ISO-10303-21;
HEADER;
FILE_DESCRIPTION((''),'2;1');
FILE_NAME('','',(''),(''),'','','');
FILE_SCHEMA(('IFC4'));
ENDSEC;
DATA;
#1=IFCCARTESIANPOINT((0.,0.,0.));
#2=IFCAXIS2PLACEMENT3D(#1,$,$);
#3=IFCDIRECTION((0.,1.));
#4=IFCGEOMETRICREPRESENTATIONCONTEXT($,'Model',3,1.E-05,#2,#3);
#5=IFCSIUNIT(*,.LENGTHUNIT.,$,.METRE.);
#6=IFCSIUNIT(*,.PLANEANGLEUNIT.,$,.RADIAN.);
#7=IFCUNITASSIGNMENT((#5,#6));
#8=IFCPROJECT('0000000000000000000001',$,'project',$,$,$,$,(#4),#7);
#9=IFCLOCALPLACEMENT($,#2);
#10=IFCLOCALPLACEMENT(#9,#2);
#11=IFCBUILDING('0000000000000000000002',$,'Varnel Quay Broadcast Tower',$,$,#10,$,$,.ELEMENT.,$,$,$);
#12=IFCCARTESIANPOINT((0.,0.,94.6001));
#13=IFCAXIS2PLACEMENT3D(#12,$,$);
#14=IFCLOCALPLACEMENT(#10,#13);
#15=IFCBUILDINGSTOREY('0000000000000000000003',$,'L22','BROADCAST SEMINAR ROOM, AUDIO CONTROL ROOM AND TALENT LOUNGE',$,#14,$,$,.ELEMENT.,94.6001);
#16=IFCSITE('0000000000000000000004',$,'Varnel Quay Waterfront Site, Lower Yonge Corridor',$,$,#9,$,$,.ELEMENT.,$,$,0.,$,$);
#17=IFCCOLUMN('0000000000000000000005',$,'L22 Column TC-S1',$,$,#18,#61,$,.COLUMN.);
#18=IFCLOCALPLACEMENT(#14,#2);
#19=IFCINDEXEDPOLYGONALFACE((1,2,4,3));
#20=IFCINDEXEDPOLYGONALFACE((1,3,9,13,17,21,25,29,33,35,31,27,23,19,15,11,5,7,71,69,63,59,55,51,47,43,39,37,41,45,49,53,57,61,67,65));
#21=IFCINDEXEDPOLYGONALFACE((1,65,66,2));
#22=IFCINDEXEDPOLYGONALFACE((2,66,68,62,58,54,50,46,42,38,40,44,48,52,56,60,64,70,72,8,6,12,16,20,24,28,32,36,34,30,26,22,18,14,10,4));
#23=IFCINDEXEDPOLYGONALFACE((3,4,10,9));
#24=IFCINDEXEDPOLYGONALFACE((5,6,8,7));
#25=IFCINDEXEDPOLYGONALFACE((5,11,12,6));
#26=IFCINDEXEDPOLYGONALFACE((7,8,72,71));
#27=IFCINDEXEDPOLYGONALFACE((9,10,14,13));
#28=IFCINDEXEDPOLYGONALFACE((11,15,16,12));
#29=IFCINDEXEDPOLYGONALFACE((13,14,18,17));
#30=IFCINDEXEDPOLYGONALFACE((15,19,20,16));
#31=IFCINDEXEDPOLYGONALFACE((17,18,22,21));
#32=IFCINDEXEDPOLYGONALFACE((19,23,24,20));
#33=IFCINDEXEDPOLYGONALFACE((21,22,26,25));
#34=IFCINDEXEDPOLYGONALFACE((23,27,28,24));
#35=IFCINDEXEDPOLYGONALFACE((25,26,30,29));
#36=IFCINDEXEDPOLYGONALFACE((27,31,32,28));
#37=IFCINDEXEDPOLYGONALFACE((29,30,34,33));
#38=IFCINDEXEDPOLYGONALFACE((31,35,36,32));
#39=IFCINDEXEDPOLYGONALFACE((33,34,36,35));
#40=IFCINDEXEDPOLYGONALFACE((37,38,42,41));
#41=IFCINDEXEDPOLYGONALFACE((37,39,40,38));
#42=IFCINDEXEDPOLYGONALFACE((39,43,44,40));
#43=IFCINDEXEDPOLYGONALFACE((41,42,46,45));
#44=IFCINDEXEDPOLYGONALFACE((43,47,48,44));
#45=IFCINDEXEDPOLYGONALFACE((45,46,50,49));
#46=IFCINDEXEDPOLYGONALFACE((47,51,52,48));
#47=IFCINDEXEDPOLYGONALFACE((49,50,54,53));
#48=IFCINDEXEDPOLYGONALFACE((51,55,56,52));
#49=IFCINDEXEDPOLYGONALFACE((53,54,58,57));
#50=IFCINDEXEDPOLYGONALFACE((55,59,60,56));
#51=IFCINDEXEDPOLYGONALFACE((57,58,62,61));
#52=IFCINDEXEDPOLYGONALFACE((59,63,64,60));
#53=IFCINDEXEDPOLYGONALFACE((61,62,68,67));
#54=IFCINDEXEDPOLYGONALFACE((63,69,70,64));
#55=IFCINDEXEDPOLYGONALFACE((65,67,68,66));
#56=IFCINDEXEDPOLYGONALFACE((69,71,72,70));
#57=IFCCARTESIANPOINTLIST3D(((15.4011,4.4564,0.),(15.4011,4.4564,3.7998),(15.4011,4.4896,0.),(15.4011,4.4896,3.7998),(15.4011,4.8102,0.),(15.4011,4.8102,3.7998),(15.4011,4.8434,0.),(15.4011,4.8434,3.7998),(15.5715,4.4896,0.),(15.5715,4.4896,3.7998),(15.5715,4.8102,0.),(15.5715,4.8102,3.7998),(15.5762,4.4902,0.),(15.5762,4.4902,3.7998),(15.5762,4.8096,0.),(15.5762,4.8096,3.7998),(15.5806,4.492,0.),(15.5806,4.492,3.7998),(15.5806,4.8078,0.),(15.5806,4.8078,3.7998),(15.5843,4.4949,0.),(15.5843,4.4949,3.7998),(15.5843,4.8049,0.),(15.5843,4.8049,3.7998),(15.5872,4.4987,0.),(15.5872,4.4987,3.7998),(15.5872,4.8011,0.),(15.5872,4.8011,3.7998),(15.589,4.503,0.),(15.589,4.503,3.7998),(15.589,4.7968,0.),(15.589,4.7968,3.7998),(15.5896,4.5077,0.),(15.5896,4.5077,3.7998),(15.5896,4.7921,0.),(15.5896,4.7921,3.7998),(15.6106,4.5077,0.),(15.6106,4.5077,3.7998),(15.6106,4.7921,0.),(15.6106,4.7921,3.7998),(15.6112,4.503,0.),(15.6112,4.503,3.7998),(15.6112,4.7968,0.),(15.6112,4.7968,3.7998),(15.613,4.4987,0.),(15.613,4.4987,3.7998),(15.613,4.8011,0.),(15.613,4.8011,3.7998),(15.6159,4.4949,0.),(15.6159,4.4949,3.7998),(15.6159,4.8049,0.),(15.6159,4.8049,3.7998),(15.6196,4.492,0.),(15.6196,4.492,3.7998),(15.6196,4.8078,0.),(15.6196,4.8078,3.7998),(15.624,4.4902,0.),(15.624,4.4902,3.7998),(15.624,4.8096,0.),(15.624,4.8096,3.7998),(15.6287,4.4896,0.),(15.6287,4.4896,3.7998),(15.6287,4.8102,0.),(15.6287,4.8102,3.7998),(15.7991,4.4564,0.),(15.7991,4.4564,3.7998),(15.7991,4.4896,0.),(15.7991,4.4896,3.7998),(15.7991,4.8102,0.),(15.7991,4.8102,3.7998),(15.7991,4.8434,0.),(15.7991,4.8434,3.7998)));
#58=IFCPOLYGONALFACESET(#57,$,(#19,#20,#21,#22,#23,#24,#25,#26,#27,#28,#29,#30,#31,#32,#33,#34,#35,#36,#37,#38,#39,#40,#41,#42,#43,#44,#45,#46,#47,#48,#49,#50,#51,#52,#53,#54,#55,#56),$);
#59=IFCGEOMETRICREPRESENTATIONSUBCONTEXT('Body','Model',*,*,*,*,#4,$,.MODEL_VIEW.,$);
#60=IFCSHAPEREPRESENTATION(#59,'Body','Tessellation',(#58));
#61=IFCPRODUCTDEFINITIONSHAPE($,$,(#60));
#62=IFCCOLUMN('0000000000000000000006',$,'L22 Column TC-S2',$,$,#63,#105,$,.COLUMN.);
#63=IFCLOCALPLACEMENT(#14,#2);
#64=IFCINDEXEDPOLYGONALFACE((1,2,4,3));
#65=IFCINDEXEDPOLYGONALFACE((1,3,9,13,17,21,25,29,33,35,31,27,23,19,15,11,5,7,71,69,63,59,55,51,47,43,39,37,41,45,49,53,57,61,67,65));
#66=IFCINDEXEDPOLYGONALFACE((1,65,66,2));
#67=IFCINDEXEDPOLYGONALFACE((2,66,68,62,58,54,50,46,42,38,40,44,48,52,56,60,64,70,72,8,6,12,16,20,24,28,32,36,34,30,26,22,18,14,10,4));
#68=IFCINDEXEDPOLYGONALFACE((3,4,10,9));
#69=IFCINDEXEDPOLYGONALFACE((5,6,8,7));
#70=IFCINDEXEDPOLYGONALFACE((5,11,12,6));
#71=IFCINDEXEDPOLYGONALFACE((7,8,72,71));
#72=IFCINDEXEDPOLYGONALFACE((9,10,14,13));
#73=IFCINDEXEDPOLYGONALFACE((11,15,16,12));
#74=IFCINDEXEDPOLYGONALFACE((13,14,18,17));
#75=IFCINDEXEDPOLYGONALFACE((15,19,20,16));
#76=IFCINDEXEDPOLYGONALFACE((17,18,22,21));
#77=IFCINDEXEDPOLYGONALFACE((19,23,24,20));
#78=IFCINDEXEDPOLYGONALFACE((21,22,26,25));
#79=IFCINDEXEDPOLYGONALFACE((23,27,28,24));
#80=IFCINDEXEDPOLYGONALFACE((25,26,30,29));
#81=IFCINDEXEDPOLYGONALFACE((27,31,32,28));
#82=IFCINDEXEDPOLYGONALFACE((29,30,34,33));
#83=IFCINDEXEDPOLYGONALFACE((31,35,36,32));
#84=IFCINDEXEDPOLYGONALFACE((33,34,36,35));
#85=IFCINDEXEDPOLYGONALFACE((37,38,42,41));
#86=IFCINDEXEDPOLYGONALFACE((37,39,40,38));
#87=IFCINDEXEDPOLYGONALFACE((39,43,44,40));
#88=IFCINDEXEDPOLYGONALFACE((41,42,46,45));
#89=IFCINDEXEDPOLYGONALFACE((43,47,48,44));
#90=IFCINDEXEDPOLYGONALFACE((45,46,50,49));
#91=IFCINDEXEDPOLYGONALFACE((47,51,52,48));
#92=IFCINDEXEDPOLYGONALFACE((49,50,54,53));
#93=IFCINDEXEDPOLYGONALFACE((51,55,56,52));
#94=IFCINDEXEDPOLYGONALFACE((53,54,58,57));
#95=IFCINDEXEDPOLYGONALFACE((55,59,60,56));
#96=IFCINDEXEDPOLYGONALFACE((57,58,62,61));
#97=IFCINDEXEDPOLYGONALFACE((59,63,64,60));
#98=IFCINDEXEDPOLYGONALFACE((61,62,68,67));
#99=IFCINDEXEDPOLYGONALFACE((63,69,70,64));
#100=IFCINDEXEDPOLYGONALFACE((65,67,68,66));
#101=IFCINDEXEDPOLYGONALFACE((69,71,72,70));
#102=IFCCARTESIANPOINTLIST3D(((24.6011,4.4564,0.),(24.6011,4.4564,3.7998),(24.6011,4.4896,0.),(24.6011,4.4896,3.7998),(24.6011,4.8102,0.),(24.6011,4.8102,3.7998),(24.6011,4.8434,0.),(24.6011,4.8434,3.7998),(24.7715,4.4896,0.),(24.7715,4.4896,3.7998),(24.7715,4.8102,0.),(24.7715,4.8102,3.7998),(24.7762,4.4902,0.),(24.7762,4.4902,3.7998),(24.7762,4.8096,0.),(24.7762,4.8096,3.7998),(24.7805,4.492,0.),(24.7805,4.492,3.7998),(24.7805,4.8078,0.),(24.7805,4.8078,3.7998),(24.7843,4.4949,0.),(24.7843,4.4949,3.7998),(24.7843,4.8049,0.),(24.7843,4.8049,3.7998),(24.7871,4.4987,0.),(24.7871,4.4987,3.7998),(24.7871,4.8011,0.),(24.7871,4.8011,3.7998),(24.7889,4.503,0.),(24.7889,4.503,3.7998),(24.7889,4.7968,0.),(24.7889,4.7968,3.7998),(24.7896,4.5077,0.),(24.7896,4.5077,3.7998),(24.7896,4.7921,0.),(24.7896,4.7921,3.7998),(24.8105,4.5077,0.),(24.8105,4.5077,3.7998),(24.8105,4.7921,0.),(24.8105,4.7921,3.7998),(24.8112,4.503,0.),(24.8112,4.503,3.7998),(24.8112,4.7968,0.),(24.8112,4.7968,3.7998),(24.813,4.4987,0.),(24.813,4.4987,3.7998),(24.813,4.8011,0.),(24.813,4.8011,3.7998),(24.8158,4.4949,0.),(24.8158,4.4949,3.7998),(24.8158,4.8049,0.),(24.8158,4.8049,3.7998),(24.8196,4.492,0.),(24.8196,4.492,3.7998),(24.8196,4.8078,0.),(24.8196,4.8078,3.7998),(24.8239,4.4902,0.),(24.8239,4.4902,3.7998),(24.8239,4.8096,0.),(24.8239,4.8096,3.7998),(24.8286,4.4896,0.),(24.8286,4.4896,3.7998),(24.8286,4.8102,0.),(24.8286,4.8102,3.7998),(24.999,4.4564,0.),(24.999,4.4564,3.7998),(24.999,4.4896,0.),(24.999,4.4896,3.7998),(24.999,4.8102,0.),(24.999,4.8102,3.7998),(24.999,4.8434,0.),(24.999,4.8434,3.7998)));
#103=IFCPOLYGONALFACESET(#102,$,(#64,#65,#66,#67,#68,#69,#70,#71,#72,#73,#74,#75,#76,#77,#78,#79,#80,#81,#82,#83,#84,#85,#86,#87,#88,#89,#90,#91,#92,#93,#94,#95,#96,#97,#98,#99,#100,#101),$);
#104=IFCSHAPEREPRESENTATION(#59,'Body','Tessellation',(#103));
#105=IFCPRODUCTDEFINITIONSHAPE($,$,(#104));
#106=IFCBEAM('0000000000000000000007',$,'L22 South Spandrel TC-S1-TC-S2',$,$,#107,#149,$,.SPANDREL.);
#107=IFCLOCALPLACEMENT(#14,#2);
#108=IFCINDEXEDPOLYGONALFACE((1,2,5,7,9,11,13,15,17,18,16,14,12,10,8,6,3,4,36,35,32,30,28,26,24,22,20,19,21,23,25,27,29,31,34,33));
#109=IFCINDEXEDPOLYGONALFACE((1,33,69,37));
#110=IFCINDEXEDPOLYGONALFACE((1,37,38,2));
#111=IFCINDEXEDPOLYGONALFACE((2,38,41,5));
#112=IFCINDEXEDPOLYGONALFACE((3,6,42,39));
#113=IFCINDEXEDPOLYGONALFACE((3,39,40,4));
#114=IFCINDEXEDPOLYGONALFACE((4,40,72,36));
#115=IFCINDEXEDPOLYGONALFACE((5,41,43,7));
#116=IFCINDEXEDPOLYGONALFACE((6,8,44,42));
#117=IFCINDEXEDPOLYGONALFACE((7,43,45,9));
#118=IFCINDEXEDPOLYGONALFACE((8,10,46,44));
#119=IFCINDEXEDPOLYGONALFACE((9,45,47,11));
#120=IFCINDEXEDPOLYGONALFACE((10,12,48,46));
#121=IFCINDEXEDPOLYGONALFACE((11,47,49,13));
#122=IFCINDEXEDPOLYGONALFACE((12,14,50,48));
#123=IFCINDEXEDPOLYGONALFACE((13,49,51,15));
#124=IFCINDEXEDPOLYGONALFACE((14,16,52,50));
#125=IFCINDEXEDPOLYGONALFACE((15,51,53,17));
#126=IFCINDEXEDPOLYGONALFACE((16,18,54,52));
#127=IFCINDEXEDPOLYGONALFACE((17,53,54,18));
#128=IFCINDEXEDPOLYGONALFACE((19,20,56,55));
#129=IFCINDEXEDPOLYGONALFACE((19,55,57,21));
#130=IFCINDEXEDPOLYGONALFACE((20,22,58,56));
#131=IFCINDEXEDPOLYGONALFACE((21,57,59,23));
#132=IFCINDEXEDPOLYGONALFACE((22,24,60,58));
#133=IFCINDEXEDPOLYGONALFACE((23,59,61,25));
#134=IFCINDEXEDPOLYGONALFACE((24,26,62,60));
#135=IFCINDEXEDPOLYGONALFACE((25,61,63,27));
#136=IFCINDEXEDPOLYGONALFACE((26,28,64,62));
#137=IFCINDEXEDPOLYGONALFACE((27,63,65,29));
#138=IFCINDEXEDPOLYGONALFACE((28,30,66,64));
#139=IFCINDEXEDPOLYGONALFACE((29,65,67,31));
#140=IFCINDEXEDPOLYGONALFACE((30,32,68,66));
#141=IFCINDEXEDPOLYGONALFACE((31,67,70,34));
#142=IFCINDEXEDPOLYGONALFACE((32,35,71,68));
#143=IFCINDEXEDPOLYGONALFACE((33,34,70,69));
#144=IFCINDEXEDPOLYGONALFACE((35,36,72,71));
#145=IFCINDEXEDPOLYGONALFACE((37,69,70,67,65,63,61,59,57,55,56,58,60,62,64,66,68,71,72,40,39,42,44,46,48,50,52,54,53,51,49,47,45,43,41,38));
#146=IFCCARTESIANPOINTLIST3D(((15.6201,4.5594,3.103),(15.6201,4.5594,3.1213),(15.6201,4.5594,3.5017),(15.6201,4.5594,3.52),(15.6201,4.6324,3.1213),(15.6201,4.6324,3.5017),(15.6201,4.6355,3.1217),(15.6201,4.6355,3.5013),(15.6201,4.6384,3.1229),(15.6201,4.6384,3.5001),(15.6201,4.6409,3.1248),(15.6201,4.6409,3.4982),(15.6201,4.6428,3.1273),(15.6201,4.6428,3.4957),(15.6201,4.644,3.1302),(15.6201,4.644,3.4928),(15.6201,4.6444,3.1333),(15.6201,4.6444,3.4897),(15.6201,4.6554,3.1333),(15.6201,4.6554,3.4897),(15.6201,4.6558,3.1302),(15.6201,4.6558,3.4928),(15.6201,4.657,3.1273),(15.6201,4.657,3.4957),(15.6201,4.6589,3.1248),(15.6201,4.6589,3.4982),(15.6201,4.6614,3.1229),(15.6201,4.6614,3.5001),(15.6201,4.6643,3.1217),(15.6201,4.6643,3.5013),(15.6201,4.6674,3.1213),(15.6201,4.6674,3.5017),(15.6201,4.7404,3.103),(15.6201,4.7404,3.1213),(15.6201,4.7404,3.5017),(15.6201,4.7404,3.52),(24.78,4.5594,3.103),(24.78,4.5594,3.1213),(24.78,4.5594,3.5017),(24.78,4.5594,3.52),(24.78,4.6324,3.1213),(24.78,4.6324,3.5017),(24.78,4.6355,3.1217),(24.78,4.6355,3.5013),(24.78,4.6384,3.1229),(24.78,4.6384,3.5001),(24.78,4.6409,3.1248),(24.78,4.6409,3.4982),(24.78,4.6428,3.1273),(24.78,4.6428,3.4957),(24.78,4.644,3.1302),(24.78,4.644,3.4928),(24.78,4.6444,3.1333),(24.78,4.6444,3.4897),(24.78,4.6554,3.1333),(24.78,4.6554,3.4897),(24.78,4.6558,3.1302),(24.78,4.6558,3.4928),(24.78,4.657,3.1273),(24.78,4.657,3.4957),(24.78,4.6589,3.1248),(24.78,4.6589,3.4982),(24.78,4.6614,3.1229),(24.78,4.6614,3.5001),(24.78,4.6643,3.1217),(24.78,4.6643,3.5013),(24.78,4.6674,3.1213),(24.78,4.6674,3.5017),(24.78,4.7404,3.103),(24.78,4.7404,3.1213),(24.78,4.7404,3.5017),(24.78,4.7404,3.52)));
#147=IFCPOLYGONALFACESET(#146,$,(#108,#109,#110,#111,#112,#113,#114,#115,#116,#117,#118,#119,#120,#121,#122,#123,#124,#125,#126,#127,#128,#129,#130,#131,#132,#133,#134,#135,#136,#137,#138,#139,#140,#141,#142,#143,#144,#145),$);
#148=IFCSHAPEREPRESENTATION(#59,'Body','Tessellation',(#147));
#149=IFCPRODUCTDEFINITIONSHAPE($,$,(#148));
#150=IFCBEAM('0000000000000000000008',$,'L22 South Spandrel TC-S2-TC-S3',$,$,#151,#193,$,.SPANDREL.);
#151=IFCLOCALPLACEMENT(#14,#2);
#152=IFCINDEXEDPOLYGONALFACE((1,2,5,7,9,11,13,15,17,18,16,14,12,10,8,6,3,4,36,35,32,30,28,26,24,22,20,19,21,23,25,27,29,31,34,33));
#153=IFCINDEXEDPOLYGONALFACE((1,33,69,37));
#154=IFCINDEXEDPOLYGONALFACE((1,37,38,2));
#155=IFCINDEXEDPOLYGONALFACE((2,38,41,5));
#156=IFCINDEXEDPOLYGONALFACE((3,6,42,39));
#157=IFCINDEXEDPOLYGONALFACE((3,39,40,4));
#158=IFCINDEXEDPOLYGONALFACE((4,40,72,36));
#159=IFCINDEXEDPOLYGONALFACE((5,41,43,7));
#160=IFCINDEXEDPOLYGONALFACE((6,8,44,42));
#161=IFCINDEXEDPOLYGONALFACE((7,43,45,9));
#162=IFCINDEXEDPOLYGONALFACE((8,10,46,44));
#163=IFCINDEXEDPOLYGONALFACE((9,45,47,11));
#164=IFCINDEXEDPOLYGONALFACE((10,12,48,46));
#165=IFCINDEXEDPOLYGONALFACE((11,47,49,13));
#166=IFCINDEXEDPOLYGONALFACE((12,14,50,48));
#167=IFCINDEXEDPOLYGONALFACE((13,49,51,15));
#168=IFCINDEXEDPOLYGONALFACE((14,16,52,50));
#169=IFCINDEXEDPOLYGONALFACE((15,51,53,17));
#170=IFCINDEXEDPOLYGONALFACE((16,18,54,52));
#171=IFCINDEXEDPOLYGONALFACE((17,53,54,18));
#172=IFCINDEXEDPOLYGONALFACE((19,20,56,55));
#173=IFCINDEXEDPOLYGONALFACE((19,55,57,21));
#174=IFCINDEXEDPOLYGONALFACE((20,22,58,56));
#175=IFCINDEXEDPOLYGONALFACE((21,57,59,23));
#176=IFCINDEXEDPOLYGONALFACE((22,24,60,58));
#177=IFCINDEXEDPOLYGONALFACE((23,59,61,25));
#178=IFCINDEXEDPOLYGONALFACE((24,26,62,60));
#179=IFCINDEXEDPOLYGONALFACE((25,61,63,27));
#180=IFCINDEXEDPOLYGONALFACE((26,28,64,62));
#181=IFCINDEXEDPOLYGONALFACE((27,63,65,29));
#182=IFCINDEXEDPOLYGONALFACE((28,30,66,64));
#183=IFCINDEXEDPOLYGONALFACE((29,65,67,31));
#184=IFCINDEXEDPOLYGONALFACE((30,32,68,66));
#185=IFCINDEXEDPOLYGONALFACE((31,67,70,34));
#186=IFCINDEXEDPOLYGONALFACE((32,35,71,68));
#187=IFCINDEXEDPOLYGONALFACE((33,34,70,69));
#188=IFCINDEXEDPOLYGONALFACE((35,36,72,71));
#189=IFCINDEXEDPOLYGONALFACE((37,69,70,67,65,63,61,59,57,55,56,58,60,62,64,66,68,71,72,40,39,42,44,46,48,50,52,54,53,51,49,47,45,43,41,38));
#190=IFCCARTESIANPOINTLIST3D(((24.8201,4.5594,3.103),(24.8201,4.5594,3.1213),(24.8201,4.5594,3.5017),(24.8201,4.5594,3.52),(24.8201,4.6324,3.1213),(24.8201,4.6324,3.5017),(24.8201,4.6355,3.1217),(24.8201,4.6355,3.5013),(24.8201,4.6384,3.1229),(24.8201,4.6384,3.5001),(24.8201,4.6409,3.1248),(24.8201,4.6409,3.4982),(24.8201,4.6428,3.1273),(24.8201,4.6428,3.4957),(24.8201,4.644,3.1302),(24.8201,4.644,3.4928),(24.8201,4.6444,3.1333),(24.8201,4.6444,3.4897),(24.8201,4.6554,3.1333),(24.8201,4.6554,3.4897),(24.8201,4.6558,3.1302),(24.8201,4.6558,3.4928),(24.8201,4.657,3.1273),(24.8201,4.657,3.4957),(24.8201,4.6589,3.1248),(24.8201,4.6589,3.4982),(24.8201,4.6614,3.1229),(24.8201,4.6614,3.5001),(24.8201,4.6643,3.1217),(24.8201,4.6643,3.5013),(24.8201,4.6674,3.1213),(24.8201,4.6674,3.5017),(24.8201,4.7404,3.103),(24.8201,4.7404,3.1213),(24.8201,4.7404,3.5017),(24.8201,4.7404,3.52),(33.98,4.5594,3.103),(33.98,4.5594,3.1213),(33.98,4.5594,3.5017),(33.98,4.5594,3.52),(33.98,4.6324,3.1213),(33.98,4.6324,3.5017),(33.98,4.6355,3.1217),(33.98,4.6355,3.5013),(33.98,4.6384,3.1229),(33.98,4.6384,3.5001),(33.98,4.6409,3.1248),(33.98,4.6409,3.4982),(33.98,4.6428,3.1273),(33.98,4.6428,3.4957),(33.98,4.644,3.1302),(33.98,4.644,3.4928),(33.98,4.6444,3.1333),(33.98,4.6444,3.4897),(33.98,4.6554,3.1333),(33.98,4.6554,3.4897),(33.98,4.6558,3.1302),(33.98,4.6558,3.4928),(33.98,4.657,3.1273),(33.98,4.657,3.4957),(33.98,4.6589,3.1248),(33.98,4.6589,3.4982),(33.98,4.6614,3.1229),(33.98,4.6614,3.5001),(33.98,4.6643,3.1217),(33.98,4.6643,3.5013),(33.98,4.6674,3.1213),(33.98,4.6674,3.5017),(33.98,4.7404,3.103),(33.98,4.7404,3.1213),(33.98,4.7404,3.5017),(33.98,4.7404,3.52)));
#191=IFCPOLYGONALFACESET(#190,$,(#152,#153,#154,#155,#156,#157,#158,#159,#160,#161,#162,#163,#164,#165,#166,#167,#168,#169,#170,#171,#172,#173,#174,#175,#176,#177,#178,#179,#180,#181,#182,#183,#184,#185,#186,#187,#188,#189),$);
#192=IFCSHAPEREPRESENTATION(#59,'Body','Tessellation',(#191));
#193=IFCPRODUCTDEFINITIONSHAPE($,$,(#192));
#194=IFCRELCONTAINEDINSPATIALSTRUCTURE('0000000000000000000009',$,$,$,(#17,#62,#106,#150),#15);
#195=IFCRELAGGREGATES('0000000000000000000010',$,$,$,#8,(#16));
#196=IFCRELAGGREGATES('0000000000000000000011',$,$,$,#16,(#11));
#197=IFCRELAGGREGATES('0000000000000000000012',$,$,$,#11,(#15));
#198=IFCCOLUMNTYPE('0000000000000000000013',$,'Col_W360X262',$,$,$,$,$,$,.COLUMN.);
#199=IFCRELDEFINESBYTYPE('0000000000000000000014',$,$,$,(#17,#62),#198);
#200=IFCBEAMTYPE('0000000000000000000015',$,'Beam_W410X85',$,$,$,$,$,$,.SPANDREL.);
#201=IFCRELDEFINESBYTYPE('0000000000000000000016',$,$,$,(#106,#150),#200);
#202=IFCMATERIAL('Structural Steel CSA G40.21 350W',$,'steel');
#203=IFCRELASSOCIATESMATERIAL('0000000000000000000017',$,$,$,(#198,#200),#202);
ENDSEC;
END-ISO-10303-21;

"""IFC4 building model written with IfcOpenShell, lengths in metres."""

from ifc_helpers import new_model, si_unit, direction, frame, origin, origin_2d, place, context, subcontext, project, spatial, i_section, extrude, source, transform, mapped, material, material_profile, profile_set, type_object, type_shapes, element, save


model = new_model("IFC4")

# Units and contexts
model_context = context("Model", 3, precision=1e-05, world=origin(), true_north=direction((0.0, 1.0)))
body_context = subcontext(model_context, "Body", "Model", "MODEL_VIEW")
ifc_project = project(units=[si_unit("LENGTHUNIT", "METRE"), si_unit("PLANEANGLEUNIT", "RADIAN")], contexts=[model_context])

# Site, building, storey
site_placement = place(None, origin())
site = spatial("IfcSite", under=ifc_project, at=site_placement, Name="Varnel Quay Waterfront Site, Lower Yonge Corridor", CompositionType="ELEMENT", RefElevation=0.0)
building_placement = place(site_placement, origin())
building = spatial("IfcBuilding", under=site, at=building_placement, Name="Varnel Quay Broadcast Tower", CompositionType="ELEMENT")
storey_placement = place(building_placement, frame((0.0, 0.0, 94.6001)))
storey = spatial("IfcBuildingStorey", under=building, at=storey_placement, Name="L22", Description="BROADCAST SEMINAR ROOM, AUDIO CONTROL ROOM AND TALENT LOUNGE", CompositionType="ELEMENT", Elevation=94.6001)

# Columns
ifc_material_1 = material(Name="Structural Steel CSA G40.21 350W", Category="steel")
ifc_material_profile_1 = material_profile(ifc_material_1, i_section(OverallWidth=0.3979, OverallDepth=0.387, WebThickness=0.021, FlangeThickness=0.0332, FilletRadius=0.0181, at=origin_2d()), Name="W360X262")
ifc_profile_set_1 = profile_set([ifc_material_profile_1], Name="Structural Steel CSA G40.21 350W")
column_type = type_object("IfcColumnType", Name="Col_W360X262", PredefinedType="COLUMN", material=ifc_profile_set_1)
shared_shape_1 = source(origin(), body_context, "Body", "SweptSolid", [
    extrude(i_section(OverallWidth=0.3979, OverallDepth=0.387, WebThickness=0.021, FlangeThickness=0.0332, FilletRadius=0.0181, at=origin_2d()), origin(), (0.0, 0.0, 1.0), 3.7998),
])
type_shapes(column_type, [shared_shape_1])
for number, where, z_axis, x_axis, name in (
    (1, (15.6001, 4.6499, 0.0), (0.0, 0.0, 1.0), (1.0, 0.0, 0.0), "L22 Column TC-S1"),
    (2, (24.8, 4.6499, 0.0), (0.0, 0.0, 1.0), (1.0, 0.0, 0.0), "L22 Column TC-S2"),
):
    element("IfcColumn", number, at=place(storey_placement, frame(where, z_axis=z_axis, x_axis=x_axis)), inside=storey, type_object=column_type, Name=name, PredefinedType="COLUMN", context=body_context, shape_type="MappedRepresentation", body=[
        mapped(shared_shape_1, transform((0.0, 0.0, 0.0), x_axis=(1.0, 0.0, 0.0), y_axis=(0.0, 1.0, 0.0), z_axis=(0.0, 0.0, 1.0), scale=1.0)),
    ])

# Beams
ifc_material_profile_2 = material_profile(ifc_material_1, i_section(OverallWidth=0.1809, OverallDepth=0.417, WebThickness=0.011, FlangeThickness=0.0183, FilletRadius=0.012, at=origin_2d()), Name="W410X85")
ifc_profile_set_2 = profile_set([ifc_material_profile_2], Name="Structural Steel CSA G40.21 350W")
beam_type_1 = type_object("IfcBeamType", Name="Beam_W410X85", PredefinedType="SPANDREL", material=ifc_profile_set_2)
shared_shape_2 = source(origin(), body_context, "Body", "SweptSolid", [
    extrude(i_section(OverallWidth=0.1809, OverallDepth=0.417, WebThickness=0.011, FlangeThickness=0.0183, FilletRadius=0.012, at=origin_2d()), origin(), (0.0, 0.0, 1.0), 9.1599),
])
for number, where, z_axis, x_axis, name in (
    (3, (15.6201, 4.6499, 3.3115), (1.0, 0.0, 0.0), (0.0, 1.0, 0.0), "L22 South Spandrel TC-S1-TC-S2"),
    (4, (24.8201, 4.6499, 3.3115), (1.0, 0.0, 0.0), (0.0, 1.0, 0.0), "L22 South Spandrel TC-S2-TC-S3"),
):
    element("IfcBeam", number, at=place(storey_placement, frame(where, z_axis=z_axis, x_axis=x_axis)), inside=storey, type_object=beam_type_1, Name=name, PredefinedType="SPANDREL", context=body_context, shape_type="MappedRepresentation", body=[
        mapped(shared_shape_2, transform((0.0, 0.0, 0.0), x_axis=(1.0, 0.0, 0.0), y_axis=(0.0, 1.0, 0.0), z_axis=(0.0, 0.0, 1.0), scale=1.0)),
    ])

save(model, "model.ifc")
